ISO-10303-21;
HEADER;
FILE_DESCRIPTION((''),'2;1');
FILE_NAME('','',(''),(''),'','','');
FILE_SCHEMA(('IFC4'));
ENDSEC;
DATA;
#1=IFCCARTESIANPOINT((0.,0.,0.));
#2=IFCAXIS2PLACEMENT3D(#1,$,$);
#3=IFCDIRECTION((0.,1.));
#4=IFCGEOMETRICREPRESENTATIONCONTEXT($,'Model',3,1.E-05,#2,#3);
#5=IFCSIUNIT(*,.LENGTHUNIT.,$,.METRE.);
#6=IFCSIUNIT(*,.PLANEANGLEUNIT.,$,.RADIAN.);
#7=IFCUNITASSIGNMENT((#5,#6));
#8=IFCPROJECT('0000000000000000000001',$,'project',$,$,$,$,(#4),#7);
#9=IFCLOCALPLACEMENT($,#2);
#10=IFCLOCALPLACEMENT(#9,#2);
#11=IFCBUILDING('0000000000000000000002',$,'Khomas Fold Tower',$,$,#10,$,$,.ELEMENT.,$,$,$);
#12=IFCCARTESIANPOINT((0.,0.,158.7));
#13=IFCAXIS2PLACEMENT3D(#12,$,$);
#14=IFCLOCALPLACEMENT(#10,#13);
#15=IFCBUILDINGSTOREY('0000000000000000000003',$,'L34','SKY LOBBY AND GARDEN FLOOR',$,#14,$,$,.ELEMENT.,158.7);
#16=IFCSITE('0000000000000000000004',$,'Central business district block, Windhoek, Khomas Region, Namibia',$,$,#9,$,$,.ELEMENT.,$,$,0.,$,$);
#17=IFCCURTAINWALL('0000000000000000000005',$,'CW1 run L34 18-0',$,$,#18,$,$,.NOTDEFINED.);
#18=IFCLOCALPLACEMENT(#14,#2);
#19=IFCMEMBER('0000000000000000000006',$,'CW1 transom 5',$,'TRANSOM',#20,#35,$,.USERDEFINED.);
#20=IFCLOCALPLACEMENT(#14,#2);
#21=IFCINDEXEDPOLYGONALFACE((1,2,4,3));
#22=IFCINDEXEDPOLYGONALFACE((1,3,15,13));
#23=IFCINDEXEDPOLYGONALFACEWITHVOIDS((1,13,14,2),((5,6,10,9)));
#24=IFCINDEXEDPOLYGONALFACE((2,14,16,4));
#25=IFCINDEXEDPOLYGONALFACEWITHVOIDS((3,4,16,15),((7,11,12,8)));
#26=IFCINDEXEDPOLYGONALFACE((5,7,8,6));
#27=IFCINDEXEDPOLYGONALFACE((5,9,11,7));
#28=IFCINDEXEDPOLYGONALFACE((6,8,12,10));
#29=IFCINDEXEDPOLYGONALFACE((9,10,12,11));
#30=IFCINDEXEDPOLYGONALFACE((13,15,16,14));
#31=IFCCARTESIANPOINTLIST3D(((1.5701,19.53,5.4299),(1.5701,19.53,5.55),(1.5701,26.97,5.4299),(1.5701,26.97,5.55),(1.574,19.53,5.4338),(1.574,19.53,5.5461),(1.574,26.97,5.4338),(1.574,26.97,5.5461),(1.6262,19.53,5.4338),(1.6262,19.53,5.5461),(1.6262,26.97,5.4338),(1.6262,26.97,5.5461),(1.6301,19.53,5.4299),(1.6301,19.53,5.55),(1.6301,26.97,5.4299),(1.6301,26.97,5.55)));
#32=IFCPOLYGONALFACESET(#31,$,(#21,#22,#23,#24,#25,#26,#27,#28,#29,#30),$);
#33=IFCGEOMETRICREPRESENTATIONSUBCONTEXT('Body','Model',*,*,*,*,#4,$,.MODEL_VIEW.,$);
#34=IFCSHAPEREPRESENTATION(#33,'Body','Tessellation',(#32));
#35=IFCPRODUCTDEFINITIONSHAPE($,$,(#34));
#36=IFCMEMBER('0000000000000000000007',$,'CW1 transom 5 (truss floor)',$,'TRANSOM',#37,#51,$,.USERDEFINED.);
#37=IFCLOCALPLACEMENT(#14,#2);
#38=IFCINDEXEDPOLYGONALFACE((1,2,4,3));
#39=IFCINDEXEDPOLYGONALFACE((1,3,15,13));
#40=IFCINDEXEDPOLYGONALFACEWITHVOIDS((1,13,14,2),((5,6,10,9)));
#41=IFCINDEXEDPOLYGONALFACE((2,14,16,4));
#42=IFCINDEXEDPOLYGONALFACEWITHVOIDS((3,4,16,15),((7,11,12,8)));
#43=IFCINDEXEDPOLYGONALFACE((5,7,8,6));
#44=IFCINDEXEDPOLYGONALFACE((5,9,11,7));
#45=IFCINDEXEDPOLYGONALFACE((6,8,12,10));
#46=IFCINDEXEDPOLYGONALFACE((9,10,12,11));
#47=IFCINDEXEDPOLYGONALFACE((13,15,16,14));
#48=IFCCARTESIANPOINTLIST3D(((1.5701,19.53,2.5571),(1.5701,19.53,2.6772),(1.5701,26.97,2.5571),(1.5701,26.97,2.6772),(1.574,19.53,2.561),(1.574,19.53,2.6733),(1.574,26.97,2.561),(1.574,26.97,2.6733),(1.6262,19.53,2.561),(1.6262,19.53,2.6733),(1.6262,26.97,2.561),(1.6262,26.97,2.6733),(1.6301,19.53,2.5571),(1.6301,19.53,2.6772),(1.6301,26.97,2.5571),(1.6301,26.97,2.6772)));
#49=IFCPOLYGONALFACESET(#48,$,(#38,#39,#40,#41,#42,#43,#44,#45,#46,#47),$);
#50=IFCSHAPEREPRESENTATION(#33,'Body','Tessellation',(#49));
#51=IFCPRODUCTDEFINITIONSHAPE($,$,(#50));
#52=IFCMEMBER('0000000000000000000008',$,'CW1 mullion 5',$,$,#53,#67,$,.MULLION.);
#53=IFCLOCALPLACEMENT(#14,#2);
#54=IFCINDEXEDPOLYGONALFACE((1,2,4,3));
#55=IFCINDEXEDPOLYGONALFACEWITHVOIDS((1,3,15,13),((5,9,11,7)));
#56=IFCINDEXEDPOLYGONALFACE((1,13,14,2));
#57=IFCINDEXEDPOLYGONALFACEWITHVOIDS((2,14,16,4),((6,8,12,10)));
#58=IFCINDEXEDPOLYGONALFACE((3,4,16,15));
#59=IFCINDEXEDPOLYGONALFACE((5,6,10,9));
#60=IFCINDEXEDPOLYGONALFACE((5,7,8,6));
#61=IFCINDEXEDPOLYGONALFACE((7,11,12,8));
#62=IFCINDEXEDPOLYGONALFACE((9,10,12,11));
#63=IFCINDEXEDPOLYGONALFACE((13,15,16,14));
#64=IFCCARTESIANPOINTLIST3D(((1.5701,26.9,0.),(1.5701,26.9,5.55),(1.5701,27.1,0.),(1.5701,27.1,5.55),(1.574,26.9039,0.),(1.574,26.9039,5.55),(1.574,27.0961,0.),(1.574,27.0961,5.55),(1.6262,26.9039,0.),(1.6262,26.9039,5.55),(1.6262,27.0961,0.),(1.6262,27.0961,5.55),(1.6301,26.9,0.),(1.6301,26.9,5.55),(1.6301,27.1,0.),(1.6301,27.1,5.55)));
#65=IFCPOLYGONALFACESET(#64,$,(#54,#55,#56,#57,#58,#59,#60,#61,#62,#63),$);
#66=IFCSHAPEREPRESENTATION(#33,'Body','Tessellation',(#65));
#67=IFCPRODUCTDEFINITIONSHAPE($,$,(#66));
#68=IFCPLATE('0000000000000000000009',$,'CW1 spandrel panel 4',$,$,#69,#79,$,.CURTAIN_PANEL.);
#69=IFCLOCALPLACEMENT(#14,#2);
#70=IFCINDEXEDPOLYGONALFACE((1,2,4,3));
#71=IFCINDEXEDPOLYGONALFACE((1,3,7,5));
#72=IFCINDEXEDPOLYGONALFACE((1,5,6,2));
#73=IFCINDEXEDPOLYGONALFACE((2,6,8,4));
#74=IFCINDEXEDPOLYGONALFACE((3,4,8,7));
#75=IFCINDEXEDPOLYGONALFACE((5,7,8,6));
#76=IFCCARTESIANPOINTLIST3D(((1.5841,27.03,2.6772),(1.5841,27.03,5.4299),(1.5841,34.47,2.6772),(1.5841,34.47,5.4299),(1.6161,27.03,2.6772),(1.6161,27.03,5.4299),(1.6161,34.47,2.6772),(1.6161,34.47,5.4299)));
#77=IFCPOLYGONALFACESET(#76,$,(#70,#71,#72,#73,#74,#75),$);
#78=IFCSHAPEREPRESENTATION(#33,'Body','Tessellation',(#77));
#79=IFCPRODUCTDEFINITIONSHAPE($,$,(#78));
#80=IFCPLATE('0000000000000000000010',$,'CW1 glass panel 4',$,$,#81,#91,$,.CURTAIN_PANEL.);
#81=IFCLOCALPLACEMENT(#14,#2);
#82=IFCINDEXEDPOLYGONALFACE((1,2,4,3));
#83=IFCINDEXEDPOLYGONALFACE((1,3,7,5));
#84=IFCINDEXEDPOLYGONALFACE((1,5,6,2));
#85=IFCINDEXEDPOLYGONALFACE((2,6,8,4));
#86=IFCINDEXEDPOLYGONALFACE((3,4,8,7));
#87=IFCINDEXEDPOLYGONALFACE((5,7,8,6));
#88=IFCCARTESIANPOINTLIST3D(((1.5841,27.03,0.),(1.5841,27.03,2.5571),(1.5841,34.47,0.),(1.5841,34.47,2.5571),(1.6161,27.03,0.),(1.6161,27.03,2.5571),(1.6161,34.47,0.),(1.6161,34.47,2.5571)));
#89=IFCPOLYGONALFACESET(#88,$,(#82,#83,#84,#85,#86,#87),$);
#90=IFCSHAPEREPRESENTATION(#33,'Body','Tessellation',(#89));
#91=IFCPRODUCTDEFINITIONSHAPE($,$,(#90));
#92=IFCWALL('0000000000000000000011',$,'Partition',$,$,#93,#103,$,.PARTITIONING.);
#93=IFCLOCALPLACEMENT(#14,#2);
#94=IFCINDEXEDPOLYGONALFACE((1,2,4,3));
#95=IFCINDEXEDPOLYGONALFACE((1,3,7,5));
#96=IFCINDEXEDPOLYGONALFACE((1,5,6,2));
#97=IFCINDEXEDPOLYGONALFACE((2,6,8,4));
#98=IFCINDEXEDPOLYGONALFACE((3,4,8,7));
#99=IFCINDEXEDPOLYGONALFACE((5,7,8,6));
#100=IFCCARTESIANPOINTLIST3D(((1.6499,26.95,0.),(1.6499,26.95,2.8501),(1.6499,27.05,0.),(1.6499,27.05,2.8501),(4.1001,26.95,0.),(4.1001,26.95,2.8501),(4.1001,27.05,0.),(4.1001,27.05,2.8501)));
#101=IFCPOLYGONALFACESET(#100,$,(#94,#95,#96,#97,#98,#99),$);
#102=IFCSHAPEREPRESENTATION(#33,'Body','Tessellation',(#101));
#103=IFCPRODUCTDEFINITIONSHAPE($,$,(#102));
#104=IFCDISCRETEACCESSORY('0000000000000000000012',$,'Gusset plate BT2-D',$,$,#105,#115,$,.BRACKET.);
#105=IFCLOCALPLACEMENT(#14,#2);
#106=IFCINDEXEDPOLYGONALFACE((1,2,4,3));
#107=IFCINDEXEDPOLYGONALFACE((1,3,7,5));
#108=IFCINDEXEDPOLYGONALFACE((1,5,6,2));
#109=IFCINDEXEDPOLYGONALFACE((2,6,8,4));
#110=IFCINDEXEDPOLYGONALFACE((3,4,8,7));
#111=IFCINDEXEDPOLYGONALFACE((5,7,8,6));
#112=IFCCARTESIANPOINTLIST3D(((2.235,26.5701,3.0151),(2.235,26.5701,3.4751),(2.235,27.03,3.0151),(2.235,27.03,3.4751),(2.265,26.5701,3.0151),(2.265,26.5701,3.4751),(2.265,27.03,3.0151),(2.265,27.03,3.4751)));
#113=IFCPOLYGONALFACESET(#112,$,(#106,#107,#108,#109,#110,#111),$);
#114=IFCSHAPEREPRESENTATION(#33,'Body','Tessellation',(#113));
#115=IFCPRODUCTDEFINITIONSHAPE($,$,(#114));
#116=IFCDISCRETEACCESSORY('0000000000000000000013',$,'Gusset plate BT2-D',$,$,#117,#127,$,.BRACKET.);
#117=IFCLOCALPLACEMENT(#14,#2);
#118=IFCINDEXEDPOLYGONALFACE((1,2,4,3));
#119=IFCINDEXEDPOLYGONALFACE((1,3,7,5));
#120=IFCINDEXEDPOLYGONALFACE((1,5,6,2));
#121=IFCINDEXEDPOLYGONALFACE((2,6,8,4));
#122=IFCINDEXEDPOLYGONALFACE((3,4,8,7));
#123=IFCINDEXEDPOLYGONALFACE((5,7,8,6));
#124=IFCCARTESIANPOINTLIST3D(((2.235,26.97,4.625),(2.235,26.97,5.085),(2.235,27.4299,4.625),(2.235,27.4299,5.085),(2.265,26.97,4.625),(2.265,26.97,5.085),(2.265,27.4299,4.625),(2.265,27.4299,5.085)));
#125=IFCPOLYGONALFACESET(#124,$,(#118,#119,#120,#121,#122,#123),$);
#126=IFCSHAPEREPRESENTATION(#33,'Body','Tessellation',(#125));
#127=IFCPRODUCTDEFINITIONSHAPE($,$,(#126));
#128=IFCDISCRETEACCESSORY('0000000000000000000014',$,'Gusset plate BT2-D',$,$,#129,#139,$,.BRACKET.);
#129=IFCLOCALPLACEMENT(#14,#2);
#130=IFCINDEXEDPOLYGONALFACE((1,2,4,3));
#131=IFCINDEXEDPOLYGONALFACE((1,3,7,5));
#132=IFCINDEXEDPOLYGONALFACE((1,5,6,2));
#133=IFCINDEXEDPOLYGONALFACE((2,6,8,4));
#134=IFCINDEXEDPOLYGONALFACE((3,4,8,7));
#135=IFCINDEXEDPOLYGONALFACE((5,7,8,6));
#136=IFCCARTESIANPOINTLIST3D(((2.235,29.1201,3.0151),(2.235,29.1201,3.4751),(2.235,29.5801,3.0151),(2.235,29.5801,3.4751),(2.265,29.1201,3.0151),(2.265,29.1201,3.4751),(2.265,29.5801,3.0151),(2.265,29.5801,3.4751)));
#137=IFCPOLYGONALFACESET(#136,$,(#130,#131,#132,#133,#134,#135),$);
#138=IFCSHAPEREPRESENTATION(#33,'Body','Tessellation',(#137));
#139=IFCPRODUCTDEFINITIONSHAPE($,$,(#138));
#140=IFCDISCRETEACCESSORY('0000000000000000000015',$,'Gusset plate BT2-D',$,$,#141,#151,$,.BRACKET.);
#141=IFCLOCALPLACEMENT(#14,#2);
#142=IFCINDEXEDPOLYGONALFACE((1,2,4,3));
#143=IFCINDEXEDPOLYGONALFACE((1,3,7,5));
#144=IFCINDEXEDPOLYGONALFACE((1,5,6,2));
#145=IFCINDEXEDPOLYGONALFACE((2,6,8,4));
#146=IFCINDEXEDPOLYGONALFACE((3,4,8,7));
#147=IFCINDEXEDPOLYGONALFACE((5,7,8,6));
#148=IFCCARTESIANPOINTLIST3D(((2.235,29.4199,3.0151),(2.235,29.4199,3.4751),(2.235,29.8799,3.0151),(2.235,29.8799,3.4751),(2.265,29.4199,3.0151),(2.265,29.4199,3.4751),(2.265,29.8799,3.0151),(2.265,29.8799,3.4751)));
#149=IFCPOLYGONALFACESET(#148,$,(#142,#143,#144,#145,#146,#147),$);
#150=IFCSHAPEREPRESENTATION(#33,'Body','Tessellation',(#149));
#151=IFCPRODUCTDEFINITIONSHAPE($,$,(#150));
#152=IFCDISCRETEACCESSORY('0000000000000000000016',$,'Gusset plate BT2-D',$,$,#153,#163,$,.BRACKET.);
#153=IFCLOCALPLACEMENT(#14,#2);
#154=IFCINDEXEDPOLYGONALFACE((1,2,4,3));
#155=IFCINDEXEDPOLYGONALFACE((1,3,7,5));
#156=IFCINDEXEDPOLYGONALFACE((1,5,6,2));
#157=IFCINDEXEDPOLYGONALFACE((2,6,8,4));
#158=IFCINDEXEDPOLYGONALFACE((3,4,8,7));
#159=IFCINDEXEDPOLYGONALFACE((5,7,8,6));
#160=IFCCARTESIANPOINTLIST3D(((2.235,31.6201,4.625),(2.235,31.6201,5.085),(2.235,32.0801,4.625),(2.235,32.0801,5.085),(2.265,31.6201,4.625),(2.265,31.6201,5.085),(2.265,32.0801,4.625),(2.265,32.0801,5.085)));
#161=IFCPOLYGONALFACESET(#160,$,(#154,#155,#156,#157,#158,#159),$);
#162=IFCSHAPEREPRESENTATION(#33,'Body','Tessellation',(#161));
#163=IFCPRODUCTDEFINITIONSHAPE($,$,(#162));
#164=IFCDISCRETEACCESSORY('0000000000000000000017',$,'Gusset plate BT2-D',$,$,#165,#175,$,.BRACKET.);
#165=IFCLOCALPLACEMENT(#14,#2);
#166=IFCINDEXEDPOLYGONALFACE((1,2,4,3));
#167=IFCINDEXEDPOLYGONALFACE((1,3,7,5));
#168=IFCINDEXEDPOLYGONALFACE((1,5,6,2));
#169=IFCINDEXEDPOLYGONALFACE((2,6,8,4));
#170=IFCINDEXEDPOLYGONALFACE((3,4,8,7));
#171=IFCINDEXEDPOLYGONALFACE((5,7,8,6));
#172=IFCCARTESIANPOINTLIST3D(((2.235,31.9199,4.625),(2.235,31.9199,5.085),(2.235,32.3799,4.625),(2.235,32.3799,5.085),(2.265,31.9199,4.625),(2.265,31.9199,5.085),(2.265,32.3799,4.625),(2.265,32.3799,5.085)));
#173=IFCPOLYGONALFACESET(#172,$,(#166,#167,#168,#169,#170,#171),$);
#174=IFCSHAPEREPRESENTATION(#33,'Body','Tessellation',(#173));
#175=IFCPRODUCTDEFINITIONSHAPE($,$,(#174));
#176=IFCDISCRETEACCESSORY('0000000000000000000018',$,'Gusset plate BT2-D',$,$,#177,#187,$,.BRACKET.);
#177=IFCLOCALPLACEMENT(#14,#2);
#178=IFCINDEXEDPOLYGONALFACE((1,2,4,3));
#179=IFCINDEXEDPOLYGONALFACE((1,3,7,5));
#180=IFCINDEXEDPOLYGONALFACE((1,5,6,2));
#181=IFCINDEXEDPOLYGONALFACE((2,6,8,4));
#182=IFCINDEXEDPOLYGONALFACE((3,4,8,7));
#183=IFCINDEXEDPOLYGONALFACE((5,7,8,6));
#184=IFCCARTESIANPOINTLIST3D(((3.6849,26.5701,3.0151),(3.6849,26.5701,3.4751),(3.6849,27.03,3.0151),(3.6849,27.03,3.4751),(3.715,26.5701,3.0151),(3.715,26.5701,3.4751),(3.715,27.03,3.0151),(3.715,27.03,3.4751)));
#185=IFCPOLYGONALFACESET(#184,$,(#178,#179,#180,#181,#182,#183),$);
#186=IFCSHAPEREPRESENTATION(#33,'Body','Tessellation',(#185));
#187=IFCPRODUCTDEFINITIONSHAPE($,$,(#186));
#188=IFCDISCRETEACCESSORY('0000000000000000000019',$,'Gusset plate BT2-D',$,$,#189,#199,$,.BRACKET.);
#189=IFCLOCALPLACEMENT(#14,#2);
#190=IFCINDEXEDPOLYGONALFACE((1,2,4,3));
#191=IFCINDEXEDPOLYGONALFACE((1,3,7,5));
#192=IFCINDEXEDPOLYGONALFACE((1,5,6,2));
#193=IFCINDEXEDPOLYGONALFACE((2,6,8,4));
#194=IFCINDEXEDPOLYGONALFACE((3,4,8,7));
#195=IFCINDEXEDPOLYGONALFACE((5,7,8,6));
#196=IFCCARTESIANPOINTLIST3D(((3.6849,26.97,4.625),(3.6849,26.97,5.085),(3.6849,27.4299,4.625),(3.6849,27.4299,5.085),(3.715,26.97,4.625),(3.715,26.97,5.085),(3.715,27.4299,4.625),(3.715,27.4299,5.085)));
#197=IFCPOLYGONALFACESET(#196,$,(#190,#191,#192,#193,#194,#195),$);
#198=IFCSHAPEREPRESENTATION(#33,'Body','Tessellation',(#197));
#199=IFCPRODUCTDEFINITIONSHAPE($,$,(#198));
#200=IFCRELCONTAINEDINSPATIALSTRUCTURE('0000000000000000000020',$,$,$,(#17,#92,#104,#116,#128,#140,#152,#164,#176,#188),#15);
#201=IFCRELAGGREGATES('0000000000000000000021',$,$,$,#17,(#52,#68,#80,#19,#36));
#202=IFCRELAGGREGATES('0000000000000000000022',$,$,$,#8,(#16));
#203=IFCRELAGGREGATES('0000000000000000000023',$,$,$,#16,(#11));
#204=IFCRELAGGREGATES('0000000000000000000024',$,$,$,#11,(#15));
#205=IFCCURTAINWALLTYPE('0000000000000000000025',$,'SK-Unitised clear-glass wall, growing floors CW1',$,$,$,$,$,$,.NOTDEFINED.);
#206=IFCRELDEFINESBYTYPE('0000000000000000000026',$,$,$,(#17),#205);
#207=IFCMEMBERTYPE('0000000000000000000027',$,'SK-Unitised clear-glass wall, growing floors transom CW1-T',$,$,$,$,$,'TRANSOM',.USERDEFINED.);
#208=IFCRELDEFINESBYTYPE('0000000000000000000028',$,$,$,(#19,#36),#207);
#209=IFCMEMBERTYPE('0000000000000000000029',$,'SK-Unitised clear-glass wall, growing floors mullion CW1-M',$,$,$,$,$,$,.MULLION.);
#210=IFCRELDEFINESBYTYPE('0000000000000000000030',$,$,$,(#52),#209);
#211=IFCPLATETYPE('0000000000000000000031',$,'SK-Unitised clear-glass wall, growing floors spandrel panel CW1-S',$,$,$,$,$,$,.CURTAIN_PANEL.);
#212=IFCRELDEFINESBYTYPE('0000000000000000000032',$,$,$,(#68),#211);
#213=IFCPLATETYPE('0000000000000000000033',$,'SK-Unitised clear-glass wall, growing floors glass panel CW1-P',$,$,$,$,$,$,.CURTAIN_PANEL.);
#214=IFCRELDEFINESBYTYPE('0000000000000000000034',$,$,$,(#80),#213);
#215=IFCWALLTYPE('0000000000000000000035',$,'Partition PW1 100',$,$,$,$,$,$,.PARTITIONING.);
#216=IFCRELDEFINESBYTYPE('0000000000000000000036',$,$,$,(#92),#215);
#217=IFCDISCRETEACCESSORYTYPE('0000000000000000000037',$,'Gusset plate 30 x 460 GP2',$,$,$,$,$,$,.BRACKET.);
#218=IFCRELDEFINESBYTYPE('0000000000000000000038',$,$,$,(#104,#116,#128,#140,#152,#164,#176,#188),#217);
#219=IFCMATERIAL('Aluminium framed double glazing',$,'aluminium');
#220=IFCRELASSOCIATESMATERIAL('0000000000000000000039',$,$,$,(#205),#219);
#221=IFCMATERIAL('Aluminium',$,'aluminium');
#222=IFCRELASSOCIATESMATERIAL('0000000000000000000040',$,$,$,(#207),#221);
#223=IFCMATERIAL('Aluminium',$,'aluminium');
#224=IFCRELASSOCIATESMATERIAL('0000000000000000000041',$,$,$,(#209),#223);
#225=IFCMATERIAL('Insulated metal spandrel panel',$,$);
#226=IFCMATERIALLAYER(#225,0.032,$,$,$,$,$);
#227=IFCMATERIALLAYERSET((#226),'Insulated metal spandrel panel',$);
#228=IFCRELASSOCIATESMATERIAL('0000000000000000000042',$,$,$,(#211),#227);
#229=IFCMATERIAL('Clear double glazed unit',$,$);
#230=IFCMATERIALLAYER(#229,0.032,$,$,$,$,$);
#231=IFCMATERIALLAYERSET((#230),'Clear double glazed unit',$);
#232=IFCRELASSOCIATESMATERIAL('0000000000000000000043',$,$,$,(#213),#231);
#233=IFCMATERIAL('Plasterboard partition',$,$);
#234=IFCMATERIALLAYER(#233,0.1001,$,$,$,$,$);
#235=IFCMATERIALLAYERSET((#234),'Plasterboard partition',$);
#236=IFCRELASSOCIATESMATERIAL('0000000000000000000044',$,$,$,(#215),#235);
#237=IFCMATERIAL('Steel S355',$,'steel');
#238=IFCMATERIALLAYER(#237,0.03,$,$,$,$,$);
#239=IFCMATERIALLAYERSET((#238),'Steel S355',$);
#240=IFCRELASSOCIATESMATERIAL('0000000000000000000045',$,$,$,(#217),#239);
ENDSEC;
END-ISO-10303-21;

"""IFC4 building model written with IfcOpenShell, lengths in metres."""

from ifc_helpers import new_model, si_unit, direction, frame, frame_2d, origin, origin_2d, place, context, subcontext, project, spatial, rectangle, hollow_rectangle, extrude, source, transform, mapped, material, layer, layer_set, material_profile, profile_set, type_object, element, aggregate, save


model = new_model("IFC4")

# Units and contexts
model_context = context("Model", 3, precision=1e-05, world=origin(), true_north=direction((0.0, 1.0)))
body_context = subcontext(model_context, "Body", "Model", "MODEL_VIEW")
ifc_project = project(units=[si_unit("LENGTHUNIT", "METRE"), si_unit("PLANEANGLEUNIT", "RADIAN")], contexts=[model_context])

# Site, building, storey
site_placement = place(None, origin())
site = spatial("IfcSite", under=ifc_project, at=site_placement, Name="Central business district block, Windhoek, Khomas Region, Namibia", CompositionType="ELEMENT", RefElevation=0.0)
building_placement = place(site_placement, origin())
building = spatial("IfcBuilding", under=site, at=building_placement, Name="Khomas Fold Tower", CompositionType="ELEMENT")
storey_placement = place(building_placement, frame((0.0, 0.0, 158.7)))
storey = spatial("IfcBuildingStorey", under=building, at=storey_placement, Name="L34", Description="SKY LOBBY AND GARDEN FLOOR", CompositionType="ELEMENT", Elevation=158.7)

# Curtain wall, members, plates
ifc_material_1 = material(Name="Aluminium framed double glazing", Category="aluminium")
curtain_wall_type = type_object("IfcCurtainWallType", Name="SK-Unitised clear-glass wall, growing floors CW1", PredefinedType="NOTDEFINED", material=ifc_material_1)
curtain_wall_placement = place(storey_placement, origin())
curtain_wall = element("IfcCurtainWall", 1, at=curtain_wall_placement, inside=storey, type_object=curtain_wall_type, Name="CW1 run L34 18-0", PredefinedType="NOTDEFINED")
ifc_material_2 = material(Name="Aluminium", Category="aluminium")
ifc_material_profile_1 = material_profile(ifc_material_2, hollow_rectangle(XDim=0.0601, YDim=0.1201, WallThickness=0.0039, at=origin_2d()), Name="SK-Unitised clear-glass wall, growing floors transom CW1-T")
ifc_profile_set_1 = profile_set([ifc_material_profile_1], Name="Aluminium")
member_type_1 = type_object("IfcMemberType", Name="SK-Unitised clear-glass wall, growing floors transom CW1-T", ElementType="TRANSOM", PredefinedType="USERDEFINED", material=ifc_profile_set_1)
shared_shape_1 = source(origin(), body_context, "Body", "SweptSolid", [
    extrude(hollow_rectangle(XDim=0.0601, YDim=0.1201, WallThickness=0.0039, at=origin_2d()), origin(), (0.0, 0.0, 1.0), 7.4399),
])
member_1_placement = place(storey_placement, frame((1.6001, 26.97, 5.49), z_axis=(0.0, -1.0, 0.0), x_axis=(1.0, 0.0, 0.0)))
member_1 = element("IfcMember", 2, at=member_1_placement, type_object=member_type_1, Name="CW1 transom 5", ObjectType="TRANSOM", PredefinedType="USERDEFINED", context=body_context, shape_type="MappedRepresentation", body=[
    mapped(shared_shape_1, transform((0.0, 0.0, 0.0))),
])
member_2_placement = place(storey_placement, frame((1.6001, 26.97, 2.6172), z_axis=(0.0, -1.0, 0.0), x_axis=(1.0, 0.0, 0.0)))
member_2 = element("IfcMember", 3, at=member_2_placement, type_object=member_type_1, Name="CW1 transom 5 (truss floor)", ObjectType="TRANSOM", PredefinedType="USERDEFINED", context=body_context, shape_type="MappedRepresentation", body=[
    mapped(shared_shape_1, transform((0.0, 0.0, 0.0))),
])
ifc_material_3 = material(Name="Aluminium", Category="aluminium")
ifc_material_profile_2 = material_profile(ifc_material_3, hollow_rectangle(XDim=0.0601, YDim=0.2, WallThickness=0.0039, at=origin_2d()), Name="SK-Unitised clear-glass wall, growing floors mullion CW1-M")
ifc_profile_set_2 = profile_set([ifc_material_profile_2], Name="Aluminium")
member_type_2 = type_object("IfcMemberType", Name="SK-Unitised clear-glass wall, growing floors mullion CW1-M", PredefinedType="MULLION", material=ifc_profile_set_2)
shared_shape_2 = source(origin(), body_context, "Body", "SweptSolid", [
    extrude(hollow_rectangle(XDim=0.0601, YDim=0.2, WallThickness=0.0039, at=origin_2d()), origin(), (0.0, 0.0, 1.0), 5.55),
])
member_3_placement = place(storey_placement, frame((1.6001, 27.0, 0.0), z_axis=(0.0, 0.0, 1.0), x_axis=(1.0, 0.0, 0.0)))
member_3 = element("IfcMember", 4, at=member_3_placement, type_object=member_type_2, Name="CW1 mullion 5", PredefinedType="MULLION", context=body_context, shape_type="MappedRepresentation", body=[
    mapped(shared_shape_2, transform((0.0, 0.0, 0.0))),
])
ifc_material_4 = material(Name="Insulated metal spandrel panel")
ifc_layer_1 = layer(ifc_material_4, 0.032)
ifc_layer_set_1 = layer_set([ifc_layer_1], Name="Insulated metal spandrel panel")
plate_type_1 = type_object("IfcPlateType", Name="SK-Unitised clear-glass wall, growing floors spandrel panel CW1-S", PredefinedType="CURTAIN_PANEL", material=ifc_layer_set_1)
shared_shape_3 = source(origin(), body_context, "Body", "SweptSolid", [
    extrude(rectangle(XDim=7.4399, YDim=0.032, at=origin_2d()), origin(), (0.0, 0.0, 1.0), 2.7527),
])
plate_1_placement = place(storey_placement, frame((1.6001, 30.75, 2.6772), z_axis=(0.0, 0.0, 1.0), x_axis=(0.0, -1.0, 0.0)))
plate_1 = element("IfcPlate", 5, at=plate_1_placement, type_object=plate_type_1, Name="CW1 spandrel panel 4", PredefinedType="CURTAIN_PANEL", context=body_context, shape_type="MappedRepresentation", body=[
    mapped(shared_shape_3, transform((0.0, 0.0, 0.0))),
])
ifc_material_5 = material(Name="Clear double glazed unit")
ifc_layer_2 = layer(ifc_material_5, 0.032)
ifc_layer_set_2 = layer_set([ifc_layer_2], Name="Clear double glazed unit")
plate_type_2 = type_object("IfcPlateType", Name="SK-Unitised clear-glass wall, growing floors glass panel CW1-P", PredefinedType="CURTAIN_PANEL", material=ifc_layer_set_2)
shared_shape_4 = source(origin(), body_context, "Body", "SweptSolid", [
    extrude(rectangle(XDim=7.4399, YDim=0.032, at=origin_2d()), origin(), (0.0, 0.0, 1.0), 2.5571),
])
plate_2_placement = place(storey_placement, frame((1.6001, 30.75, 0.0), z_axis=(0.0, 0.0, 1.0), x_axis=(0.0, -1.0, 0.0)))
plate_2 = element("IfcPlate", 6, at=plate_2_placement, type_object=plate_type_2, Name="CW1 glass panel 4", PredefinedType="CURTAIN_PANEL", context=body_context, shape_type="MappedRepresentation", body=[
    mapped(shared_shape_4, transform((0.0, 0.0, 0.0))),
])
aggregate(curtain_wall, [member_3, plate_1, plate_2, member_1, member_2])

# Wall
ifc_material_6 = material(Name="Plasterboard partition")
ifc_layer_3 = layer(ifc_material_6, 0.1001)
ifc_layer_set_3 = layer_set([ifc_layer_3], Name="Plasterboard partition")
wall_type = type_object("IfcWallType", Name="Partition PW1 100", PredefinedType="PARTITIONING", material=ifc_layer_set_3)
shared_shape_5 = source(origin(), body_context, "Body", "SweptSolid", [
    extrude(rectangle(XDim=2.4502, YDim=0.1001, at=frame_2d((1.2251, 0.0))), origin(), (0.0, 0.0, 1.0), 2.8501),
])
wall_placement = place(storey_placement, frame((1.6499, 27.0, 0.0), z_axis=(0.0, 0.0, 1.0), x_axis=(1.0, 0.0, 0.0)))
element("IfcWall", 7, at=wall_placement, inside=storey, type_object=wall_type, Name="Partition", PredefinedType="PARTITIONING", context=body_context, shape_type="MappedRepresentation", body=[
    mapped(shared_shape_5, transform((0.0, 0.0, 0.0))),
])

# Discrete accessories
ifc_material_7 = material(Name="Steel S355", Category="steel")
ifc_layer_4 = layer(ifc_material_7, 0.03)
ifc_layer_set_4 = layer_set([ifc_layer_4], Name="Steel S355")
discrete_accessory_type = type_object("IfcDiscreteAccessoryType", Name="Gusset plate 30 x 460 GP2", PredefinedType="BRACKET", material=ifc_layer_set_4)
shared_shape_6 = source(origin(), body_context, "Body", "SweptSolid", [
    extrude(rectangle(XDim=0.46, YDim=0.03, at=origin_2d()), origin(), (0.0, 0.0, 1.0), 0.46),
])
for number, where, z_axis, x_axis, name in (
    (8, (2.25, 26.8, 3.0151), (0.0, 0.0, 1.0), (0.0, 1.0, 0.0), "Gusset plate BT2-D"),
    (9, (2.25, 27.2, 4.625), (0.0, 0.0, 1.0), (0.0, 1.0, 0.0), "Gusset plate BT2-D"),
    (10, (2.25, 29.3501, 3.0151), (0.0, 0.0, 1.0), (0.0, 1.0, 0.0), "Gusset plate BT2-D"),
    (11, (2.25, 29.6499, 3.0151), (0.0, 0.0, 1.0), (0.0, 1.0, 0.0), "Gusset plate BT2-D"),
    (12, (2.25, 31.8501, 4.625), (0.0, 0.0, 1.0), (0.0, 1.0, 0.0), "Gusset plate BT2-D"),
    (13, (2.25, 32.1499, 4.625), (0.0, 0.0, 1.0), (0.0, 1.0, 0.0), "Gusset plate BT2-D"),
    (14, (3.7, 26.8, 3.0151), (0.0, 0.0, 1.0), (0.0, 1.0, 0.0), "Gusset plate BT2-D"),
    (15, (3.7, 27.2, 4.625), (0.0, 0.0, 1.0), (0.0, 1.0, 0.0), "Gusset plate BT2-D"),
):
    element("IfcDiscreteAccessory", number, at=place(storey_placement, frame(where, z_axis=z_axis, x_axis=x_axis)), inside=storey, type_object=discrete_accessory_type, Name=name, PredefinedType="BRACKET", context=body_context, shape_type="MappedRepresentation", body=[
        mapped(shared_shape_6, transform((0.0, 0.0, 0.0))),
    ])

save(model, "model.ifc")
